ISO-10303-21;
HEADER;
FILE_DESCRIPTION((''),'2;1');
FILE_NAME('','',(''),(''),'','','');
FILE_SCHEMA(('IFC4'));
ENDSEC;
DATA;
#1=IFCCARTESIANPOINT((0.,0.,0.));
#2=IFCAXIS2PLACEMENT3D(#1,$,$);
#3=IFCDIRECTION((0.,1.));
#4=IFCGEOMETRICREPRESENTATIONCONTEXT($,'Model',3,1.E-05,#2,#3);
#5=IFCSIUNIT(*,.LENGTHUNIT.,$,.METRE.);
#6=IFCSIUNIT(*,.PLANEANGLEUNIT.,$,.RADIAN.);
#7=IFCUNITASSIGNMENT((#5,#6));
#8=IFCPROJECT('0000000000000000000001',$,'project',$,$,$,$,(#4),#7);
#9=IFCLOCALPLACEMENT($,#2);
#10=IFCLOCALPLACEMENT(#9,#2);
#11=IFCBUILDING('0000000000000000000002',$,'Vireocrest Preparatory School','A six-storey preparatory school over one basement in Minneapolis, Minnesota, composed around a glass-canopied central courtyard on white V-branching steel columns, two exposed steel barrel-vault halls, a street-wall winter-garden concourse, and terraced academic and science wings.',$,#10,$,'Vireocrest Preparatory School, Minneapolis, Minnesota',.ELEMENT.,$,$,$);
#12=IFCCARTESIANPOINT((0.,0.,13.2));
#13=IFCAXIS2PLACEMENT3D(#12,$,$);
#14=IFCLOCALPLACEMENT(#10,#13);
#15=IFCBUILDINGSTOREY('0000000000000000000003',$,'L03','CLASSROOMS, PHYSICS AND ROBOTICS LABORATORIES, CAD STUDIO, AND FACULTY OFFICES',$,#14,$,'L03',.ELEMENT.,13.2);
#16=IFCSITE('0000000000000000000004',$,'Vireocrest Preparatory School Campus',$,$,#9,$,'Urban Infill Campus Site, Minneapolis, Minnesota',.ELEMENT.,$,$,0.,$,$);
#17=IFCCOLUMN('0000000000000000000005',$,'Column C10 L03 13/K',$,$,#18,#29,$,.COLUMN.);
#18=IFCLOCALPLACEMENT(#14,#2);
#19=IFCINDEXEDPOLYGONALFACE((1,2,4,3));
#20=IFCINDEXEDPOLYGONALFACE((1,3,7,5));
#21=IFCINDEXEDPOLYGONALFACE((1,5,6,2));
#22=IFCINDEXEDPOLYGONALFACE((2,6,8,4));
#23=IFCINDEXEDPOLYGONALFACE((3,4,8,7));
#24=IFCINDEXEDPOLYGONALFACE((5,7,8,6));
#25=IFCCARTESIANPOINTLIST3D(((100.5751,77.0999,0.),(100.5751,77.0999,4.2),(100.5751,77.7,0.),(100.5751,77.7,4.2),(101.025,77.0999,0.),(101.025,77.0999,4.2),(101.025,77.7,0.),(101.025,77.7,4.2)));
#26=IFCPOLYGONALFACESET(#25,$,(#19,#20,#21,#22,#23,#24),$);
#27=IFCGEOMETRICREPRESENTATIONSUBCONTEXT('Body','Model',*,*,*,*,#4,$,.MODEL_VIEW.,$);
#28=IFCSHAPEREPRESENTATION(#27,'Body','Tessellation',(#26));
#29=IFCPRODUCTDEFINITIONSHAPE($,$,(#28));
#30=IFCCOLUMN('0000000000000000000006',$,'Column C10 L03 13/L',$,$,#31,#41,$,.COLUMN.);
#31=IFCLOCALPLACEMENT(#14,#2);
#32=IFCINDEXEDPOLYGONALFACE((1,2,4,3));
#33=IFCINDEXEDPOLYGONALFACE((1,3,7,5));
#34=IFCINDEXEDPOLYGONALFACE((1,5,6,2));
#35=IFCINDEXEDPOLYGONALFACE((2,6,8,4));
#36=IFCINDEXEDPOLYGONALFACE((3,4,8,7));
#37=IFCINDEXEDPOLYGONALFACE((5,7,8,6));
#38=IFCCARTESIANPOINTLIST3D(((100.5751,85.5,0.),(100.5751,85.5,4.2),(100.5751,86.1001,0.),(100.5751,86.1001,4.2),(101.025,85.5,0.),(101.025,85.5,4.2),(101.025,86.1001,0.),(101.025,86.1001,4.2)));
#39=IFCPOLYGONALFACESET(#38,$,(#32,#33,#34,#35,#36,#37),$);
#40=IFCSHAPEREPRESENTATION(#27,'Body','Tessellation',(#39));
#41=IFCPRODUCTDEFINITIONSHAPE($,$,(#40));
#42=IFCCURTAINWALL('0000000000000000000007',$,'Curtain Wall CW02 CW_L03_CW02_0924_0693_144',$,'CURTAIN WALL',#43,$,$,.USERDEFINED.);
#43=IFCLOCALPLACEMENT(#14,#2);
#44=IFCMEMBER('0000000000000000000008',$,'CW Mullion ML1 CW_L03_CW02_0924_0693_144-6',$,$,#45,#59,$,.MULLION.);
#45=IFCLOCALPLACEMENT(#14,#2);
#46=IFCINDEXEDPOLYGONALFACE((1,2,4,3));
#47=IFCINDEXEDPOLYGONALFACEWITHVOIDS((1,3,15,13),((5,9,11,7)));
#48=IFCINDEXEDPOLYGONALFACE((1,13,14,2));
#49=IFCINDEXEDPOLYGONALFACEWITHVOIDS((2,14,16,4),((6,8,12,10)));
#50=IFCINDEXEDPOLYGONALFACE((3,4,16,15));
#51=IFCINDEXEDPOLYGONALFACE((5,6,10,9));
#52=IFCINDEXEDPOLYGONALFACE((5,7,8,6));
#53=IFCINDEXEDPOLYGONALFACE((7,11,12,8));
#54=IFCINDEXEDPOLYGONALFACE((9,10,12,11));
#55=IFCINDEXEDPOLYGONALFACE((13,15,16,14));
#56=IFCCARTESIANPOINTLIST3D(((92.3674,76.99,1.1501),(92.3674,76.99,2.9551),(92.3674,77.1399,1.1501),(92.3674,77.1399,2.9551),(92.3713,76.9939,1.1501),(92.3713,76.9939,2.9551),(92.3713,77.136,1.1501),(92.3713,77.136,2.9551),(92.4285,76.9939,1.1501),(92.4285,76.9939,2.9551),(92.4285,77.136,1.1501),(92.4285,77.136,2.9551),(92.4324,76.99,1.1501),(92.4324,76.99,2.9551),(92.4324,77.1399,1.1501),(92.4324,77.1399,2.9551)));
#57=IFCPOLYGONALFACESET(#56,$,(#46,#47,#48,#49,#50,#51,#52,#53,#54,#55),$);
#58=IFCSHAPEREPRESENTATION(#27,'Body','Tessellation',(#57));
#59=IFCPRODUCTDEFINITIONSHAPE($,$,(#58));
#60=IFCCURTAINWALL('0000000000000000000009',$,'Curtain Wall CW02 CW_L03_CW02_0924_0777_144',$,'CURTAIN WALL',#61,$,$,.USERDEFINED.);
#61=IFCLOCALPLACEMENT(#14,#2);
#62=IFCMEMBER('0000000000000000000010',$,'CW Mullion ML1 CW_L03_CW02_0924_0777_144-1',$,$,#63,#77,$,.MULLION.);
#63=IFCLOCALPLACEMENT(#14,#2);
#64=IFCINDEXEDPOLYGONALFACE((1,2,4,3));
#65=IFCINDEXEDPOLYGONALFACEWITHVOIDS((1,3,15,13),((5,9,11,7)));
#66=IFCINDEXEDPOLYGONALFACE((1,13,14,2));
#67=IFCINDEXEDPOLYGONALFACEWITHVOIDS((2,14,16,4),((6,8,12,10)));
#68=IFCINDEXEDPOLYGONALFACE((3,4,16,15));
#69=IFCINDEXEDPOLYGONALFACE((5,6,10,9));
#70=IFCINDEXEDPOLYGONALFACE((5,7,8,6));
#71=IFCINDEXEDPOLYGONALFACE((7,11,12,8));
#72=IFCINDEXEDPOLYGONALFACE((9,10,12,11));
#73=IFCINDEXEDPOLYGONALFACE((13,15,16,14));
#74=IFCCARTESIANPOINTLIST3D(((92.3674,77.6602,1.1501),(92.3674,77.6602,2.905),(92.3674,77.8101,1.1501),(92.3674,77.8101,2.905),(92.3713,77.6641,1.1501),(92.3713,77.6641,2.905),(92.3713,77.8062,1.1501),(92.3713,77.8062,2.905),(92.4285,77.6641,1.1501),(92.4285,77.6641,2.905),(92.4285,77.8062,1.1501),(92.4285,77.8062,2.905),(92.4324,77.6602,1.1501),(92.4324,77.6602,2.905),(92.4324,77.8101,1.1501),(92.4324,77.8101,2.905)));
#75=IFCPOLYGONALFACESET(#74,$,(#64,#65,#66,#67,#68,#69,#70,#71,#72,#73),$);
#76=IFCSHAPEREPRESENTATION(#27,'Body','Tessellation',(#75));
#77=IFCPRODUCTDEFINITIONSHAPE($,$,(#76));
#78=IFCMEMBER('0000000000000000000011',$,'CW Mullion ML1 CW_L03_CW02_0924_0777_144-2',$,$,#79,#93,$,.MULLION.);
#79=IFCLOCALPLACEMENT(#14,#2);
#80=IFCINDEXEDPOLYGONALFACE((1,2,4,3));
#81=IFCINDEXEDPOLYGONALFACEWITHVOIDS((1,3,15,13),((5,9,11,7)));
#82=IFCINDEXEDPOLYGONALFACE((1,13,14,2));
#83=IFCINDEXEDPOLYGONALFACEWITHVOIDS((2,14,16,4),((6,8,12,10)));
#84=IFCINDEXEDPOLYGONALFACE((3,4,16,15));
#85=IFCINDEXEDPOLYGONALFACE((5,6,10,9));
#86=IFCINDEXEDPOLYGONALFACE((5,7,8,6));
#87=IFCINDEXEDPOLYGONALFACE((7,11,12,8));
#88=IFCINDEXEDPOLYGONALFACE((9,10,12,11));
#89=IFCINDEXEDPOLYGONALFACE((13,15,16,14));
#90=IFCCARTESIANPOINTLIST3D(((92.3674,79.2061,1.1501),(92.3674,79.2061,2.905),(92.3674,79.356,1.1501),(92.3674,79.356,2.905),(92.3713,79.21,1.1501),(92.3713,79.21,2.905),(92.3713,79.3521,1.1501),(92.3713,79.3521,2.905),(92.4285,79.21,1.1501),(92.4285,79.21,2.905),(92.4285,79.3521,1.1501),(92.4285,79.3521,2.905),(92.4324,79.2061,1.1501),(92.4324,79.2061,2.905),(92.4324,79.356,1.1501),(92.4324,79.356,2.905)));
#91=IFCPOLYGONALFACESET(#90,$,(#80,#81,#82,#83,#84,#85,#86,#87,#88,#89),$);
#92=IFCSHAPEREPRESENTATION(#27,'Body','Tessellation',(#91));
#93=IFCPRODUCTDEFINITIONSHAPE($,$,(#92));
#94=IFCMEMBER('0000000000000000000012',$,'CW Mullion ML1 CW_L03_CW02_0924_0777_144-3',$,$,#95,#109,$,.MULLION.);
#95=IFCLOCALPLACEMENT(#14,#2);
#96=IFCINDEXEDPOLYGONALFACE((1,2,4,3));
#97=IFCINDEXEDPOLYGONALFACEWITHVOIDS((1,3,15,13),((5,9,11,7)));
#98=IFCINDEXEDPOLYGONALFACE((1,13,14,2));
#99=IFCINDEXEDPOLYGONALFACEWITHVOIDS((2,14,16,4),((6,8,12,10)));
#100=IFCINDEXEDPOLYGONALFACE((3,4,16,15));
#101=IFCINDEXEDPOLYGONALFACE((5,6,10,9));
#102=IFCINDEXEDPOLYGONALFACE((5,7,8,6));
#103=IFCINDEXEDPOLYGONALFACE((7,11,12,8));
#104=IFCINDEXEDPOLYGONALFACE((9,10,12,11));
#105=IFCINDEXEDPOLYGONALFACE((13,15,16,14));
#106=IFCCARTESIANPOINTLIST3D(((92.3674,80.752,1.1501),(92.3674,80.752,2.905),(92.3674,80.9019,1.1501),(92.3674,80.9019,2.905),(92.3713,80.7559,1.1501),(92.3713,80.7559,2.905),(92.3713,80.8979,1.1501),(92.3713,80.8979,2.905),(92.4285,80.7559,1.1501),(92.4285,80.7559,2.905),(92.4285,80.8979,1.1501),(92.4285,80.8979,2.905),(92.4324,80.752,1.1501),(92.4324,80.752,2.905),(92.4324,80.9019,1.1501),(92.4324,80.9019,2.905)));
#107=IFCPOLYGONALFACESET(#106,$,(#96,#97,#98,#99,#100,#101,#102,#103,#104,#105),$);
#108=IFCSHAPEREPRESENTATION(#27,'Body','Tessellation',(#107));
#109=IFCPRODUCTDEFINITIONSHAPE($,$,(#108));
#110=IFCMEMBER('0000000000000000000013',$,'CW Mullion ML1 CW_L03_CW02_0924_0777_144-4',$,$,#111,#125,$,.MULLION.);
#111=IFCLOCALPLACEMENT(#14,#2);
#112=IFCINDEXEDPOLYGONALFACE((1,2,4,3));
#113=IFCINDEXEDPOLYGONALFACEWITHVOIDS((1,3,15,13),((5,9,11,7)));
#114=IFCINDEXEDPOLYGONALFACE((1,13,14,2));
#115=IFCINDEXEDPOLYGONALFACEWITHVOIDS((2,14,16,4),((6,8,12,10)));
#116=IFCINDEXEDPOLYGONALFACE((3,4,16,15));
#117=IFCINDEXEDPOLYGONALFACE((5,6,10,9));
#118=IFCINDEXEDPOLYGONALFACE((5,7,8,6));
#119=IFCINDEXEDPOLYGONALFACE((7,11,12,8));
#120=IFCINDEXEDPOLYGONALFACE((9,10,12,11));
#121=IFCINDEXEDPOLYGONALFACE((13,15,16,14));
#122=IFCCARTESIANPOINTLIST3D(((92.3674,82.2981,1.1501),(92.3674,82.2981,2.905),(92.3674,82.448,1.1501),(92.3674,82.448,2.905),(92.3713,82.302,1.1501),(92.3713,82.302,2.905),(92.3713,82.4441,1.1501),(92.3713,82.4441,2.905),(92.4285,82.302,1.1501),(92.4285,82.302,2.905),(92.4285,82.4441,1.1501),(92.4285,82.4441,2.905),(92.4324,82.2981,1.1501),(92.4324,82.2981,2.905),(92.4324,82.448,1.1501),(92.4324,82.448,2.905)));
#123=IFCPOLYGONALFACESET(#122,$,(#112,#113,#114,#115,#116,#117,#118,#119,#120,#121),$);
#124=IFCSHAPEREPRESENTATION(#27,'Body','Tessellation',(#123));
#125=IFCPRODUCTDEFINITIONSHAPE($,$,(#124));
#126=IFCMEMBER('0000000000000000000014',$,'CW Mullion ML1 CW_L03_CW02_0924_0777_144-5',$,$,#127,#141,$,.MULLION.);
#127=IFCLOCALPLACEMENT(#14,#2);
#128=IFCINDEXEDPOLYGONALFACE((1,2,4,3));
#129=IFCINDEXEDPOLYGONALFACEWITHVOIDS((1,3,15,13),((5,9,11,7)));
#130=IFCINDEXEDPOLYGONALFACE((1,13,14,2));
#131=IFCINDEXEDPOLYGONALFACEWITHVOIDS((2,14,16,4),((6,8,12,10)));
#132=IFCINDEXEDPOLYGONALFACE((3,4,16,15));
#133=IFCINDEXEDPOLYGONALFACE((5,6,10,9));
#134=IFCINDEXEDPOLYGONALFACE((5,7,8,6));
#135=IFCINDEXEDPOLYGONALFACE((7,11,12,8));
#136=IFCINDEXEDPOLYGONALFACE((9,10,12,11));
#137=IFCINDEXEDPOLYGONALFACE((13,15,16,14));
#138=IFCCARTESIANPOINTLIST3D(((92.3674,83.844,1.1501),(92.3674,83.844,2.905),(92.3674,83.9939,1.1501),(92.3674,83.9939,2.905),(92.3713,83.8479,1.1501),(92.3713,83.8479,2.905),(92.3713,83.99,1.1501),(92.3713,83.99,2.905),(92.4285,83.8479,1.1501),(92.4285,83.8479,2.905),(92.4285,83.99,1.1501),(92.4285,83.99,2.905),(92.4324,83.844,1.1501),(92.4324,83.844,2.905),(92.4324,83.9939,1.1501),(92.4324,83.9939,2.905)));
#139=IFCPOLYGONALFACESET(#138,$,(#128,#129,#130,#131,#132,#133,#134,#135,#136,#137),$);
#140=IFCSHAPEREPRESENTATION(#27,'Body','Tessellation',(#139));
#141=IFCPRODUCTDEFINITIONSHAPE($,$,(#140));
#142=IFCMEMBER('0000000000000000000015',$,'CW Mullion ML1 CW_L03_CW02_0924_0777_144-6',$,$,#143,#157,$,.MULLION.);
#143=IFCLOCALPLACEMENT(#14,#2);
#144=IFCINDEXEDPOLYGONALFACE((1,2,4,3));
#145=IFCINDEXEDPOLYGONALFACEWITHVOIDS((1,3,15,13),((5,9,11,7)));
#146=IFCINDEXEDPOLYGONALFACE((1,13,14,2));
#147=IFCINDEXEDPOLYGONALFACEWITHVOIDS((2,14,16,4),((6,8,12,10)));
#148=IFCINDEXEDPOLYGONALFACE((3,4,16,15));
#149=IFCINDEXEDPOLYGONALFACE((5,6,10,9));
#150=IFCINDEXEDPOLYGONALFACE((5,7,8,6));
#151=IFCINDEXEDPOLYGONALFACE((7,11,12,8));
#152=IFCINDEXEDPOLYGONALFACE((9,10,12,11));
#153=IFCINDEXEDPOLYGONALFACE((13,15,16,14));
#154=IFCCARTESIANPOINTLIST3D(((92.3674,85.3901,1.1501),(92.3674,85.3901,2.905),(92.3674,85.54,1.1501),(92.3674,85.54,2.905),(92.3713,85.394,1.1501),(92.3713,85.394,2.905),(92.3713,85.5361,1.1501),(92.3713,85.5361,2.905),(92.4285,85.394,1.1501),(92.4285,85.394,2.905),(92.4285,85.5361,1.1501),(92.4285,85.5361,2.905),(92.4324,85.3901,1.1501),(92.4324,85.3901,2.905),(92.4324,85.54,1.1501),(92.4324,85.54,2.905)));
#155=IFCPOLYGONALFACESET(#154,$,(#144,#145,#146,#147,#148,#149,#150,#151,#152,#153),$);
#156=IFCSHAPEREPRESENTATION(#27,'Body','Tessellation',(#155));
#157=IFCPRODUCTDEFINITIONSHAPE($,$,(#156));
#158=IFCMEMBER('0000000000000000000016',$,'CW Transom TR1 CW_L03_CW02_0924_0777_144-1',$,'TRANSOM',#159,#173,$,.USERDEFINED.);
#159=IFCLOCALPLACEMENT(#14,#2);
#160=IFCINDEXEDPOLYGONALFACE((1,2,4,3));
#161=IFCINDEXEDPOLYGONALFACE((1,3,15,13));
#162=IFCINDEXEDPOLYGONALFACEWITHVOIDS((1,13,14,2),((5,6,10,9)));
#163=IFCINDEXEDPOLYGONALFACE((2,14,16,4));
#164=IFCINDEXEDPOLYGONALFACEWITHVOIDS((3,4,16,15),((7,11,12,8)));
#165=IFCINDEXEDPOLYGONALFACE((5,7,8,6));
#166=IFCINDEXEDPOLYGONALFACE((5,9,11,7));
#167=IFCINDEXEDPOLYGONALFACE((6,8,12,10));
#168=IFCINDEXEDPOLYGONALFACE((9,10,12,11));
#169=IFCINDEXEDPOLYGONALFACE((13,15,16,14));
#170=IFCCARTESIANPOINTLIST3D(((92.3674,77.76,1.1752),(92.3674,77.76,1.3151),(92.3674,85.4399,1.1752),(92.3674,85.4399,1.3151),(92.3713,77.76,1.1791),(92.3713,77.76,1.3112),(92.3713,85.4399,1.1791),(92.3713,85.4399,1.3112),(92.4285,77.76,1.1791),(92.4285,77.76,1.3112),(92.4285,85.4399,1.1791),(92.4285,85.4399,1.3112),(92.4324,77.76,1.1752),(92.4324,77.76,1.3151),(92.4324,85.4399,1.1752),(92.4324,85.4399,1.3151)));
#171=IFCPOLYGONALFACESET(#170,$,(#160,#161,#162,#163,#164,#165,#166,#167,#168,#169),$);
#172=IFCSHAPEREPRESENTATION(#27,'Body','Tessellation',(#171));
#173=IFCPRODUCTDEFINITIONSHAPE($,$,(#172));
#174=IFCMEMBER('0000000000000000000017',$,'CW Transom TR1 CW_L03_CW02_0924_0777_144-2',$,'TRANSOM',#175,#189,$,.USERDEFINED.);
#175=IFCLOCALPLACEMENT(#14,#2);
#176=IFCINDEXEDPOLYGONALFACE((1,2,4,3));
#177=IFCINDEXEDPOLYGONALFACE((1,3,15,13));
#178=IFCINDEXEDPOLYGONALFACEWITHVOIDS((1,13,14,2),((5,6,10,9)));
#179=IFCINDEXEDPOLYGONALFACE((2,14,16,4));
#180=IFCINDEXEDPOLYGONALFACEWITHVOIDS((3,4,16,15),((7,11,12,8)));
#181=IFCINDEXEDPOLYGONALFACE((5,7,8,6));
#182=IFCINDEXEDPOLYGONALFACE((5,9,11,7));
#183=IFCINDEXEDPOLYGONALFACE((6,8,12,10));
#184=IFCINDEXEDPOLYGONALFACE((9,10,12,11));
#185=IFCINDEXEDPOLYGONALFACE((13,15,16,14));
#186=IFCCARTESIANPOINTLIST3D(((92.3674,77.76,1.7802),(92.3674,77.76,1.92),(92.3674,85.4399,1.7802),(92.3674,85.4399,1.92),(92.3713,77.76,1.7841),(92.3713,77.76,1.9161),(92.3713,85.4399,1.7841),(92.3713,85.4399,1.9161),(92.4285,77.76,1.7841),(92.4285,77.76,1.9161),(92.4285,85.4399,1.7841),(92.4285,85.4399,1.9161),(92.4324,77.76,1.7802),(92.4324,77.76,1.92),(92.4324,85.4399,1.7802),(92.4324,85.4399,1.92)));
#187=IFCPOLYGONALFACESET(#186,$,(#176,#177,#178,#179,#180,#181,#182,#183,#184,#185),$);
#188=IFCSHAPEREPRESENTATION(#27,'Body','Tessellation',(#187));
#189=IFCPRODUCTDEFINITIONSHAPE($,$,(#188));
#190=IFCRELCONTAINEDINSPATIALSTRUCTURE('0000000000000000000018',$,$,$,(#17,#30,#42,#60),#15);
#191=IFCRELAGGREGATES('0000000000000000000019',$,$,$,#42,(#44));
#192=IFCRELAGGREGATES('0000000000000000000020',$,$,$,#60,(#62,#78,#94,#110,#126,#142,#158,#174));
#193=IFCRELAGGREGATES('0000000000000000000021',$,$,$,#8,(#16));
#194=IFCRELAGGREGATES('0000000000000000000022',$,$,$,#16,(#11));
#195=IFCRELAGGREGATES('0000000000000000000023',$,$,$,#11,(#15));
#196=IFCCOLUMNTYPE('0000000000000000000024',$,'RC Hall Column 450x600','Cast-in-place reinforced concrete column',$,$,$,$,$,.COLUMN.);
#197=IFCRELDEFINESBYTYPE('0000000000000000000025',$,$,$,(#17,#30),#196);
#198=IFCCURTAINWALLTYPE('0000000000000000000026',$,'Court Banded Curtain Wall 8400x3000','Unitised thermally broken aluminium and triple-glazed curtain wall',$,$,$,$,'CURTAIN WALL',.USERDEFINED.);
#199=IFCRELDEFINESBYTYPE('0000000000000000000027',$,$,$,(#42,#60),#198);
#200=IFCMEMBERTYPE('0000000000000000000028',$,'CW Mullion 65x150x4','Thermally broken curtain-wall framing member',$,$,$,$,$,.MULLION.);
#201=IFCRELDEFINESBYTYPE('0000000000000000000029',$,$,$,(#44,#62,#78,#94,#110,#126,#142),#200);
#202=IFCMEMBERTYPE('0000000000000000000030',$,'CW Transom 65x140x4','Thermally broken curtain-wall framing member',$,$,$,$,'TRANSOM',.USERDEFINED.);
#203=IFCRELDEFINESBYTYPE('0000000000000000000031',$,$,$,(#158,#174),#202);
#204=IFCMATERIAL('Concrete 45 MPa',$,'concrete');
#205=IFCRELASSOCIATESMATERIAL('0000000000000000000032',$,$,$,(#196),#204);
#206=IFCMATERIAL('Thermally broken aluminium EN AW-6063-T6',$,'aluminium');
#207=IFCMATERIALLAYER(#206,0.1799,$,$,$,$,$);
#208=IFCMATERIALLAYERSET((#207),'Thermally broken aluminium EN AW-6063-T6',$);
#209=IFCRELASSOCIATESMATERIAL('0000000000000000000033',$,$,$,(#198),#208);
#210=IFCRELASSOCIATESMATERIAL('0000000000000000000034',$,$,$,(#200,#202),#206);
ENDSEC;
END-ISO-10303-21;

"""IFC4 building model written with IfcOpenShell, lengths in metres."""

from ifc_helpers import new_model, si_unit, direction, frame, origin, origin_2d, place, context, subcontext, project, spatial, rectangle, hollow_rectangle, extrude, material, layer, layer_set, material_profile, profile_set, type_object, element, aggregate, save


model = new_model("IFC4")

# Units and contexts
model_context = context("Model", 3, precision=1e-05, world=origin(), true_north=direction((0.0, 1.0)))
body_context = subcontext(model_context, "Body", "Model", "MODEL_VIEW")
ifc_project = project(units=[si_unit("LENGTHUNIT", "METRE"), si_unit("PLANEANGLEUNIT", "RADIAN")], contexts=[model_context])

# Site, building, storey
site_placement = place(None, origin())
site = spatial("IfcSite", under=ifc_project, at=site_placement, Name="Vireocrest Preparatory School Campus", LongName="Urban Infill Campus Site, Minneapolis, Minnesota", CompositionType="ELEMENT", RefElevation=0.0)
building_placement = place(site_placement, origin())
building = spatial("IfcBuilding", under=site, at=building_placement, Name="Vireocrest Preparatory School", Description="A six-storey preparatory school over one basement in Minneapolis, Minnesota, composed around a glass-canopied central courtyard on white V-branching steel columns, two exposed steel barrel-vault halls, a street-wall winter-garden concourse, and terraced academic and science wings.", LongName="Vireocrest Preparatory School, Minneapolis, Minnesota", CompositionType="ELEMENT")
storey_placement = place(building_placement, frame((0.0, 0.0, 13.2)))
storey = spatial("IfcBuildingStorey", under=building, at=storey_placement, Name="L03", Description="CLASSROOMS, PHYSICS AND ROBOTICS LABORATORIES, CAD STUDIO, AND FACULTY OFFICES", LongName="L03", CompositionType="ELEMENT", Elevation=13.2)

# Columns
ifc_material_1 = material(Name="Concrete 45 MPa", Category="concrete")
ifc_material_profile_1 = material_profile(ifc_material_1, rectangle(XDim=0.45, YDim=0.6001, at=origin_2d()), Name="RC 450x600")
ifc_profile_set_1 = profile_set([ifc_material_profile_1], Name="Concrete 45 MPa")
column_type = type_object("IfcColumnType", Name="RC Hall Column 450x600", Description="Cast-in-place reinforced concrete column", PredefinedType="COLUMN", material=ifc_profile_set_1)
for number, where, z_axis, x_axis, name in (
    (1, (100.8, 77.3999, 0.0), (0.0, 0.0, 1.0), (1.0, 0.0, 0.0), "Column C10 L03 13/K"),
    (2, (100.8, 85.8, 0.0), (0.0, 0.0, 1.0), (1.0, 0.0, 0.0), "Column C10 L03 13/L"),
):
    element("IfcColumn", number, at=place(storey_placement, frame(where, z_axis=z_axis, x_axis=x_axis)), inside=storey, type_object=column_type, Name=name, PredefinedType="COLUMN", context=body_context, shape_type="SweptSolid", body=[
        extrude(rectangle(XDim=0.45, YDim=0.6001, at=origin_2d()), origin(), (0.0, 0.0, 1.0), 4.2),
    ])

# Curtain wall, member
ifc_material_2 = material(Name="Thermally broken aluminium EN AW-6063-T6", Category="aluminium")
ifc_layer_1 = layer(ifc_material_2, 0.1799)
ifc_layer_set_1 = layer_set([ifc_layer_1], Name="Thermally broken aluminium EN AW-6063-T6")
curtain_wall_type = type_object("IfcCurtainWallType", Name="Court Banded Curtain Wall 8400x3000", Description="Unitised thermally broken aluminium and triple-glazed curtain wall", ElementType="CURTAIN WALL", PredefinedType="USERDEFINED", material=ifc_layer_set_1)
curtain_wall_1_placement = place(storey_placement, origin())
curtain_wall_1 = element("IfcCurtainWall", 3, at=curtain_wall_1_placement, inside=storey, type_object=curtain_wall_type, Name="Curtain Wall CW02 CW_L03_CW02_0924_0693_144", ObjectType="CURTAIN WALL", PredefinedType="USERDEFINED")
ifc_material_profile_2 = material_profile(ifc_material_2, hollow_rectangle(XDim=0.0649, YDim=0.1499, WallThickness=0.0039, at=origin_2d()), Name="ALU 65x150x4")
ifc_profile_set_2 = profile_set([ifc_material_profile_2], Name="Thermally broken aluminium EN AW-6063-T6")
member_type_1 = type_object("IfcMemberType", Name="CW Mullion 65x150x4", Description="Thermally broken curtain-wall framing member", PredefinedType="MULLION", material=ifc_profile_set_2)
member_1_placement = place(storey_placement, frame((92.3999, 77.0649, 1.1501), z_axis=(0.0, 0.0, 1.0), x_axis=(1.0, 0.0, 0.0)))
member_1 = element("IfcMember", 4, at=member_1_placement, type_object=member_type_1, Name="CW Mullion ML1 CW_L03_CW02_0924_0693_144-6", PredefinedType="MULLION", context=body_context, shape_type="SweptSolid", body=[
    extrude(hollow_rectangle(XDim=0.0649, YDim=0.1499, WallThickness=0.0039, at=origin_2d()), origin(), (0.0, 0.0, 1.0), 1.8049),
])
aggregate(curtain_wall_1, [member_1])

# Curtain wall, members
curtain_wall_2_placement = place(storey_placement, origin())
curtain_wall_2 = element("IfcCurtainWall", 5, at=curtain_wall_2_placement, inside=storey, type_object=curtain_wall_type, Name="Curtain Wall CW02 CW_L03_CW02_0924_0777_144", ObjectType="CURTAIN WALL", PredefinedType="USERDEFINED")
member_2_placement = place(storey_placement, frame((92.3999, 77.7351, 1.1501), z_axis=(0.0, 0.0, 1.0), x_axis=(1.0, 0.0, 0.0)))
member_2 = element("IfcMember", 6, at=member_2_placement, type_object=member_type_1, Name="CW Mullion ML1 CW_L03_CW02_0924_0777_144-1", PredefinedType="MULLION", context=body_context, shape_type="SweptSolid", body=[
    extrude(hollow_rectangle(XDim=0.0649, YDim=0.1499, WallThickness=0.0039, at=origin_2d()), origin(), (0.0, 0.0, 1.0), 1.7549),
])
member_3_placement = place(storey_placement, frame((92.3999, 79.281, 1.1501), z_axis=(0.0, 0.0, 1.0), x_axis=(1.0, 0.0, 0.0)))
member_3 = element("IfcMember", 7, at=member_3_placement, type_object=member_type_1, Name="CW Mullion ML1 CW_L03_CW02_0924_0777_144-2", PredefinedType="MULLION", context=body_context, shape_type="SweptSolid", body=[
    extrude(hollow_rectangle(XDim=0.0649, YDim=0.1499, WallThickness=0.0039, at=origin_2d()), origin(), (0.0, 0.0, 1.0), 1.7549),
])
member_4_placement = place(storey_placement, frame((92.3999, 80.8269, 1.1501), z_axis=(0.0, 0.0, 1.0), x_axis=(1.0, 0.0, 0.0)))
member_4 = element("IfcMember", 8, at=member_4_placement, type_object=member_type_1, Name="CW Mullion ML1 CW_L03_CW02_0924_0777_144-3", PredefinedType="MULLION", context=body_context, shape_type="SweptSolid", body=[
    extrude(hollow_rectangle(XDim=0.0649, YDim=0.1499, WallThickness=0.0039, at=origin_2d()), origin(), (0.0, 0.0, 1.0), 1.7549),
])
member_5_placement = place(storey_placement, frame((92.3999, 82.373, 1.1501), z_axis=(0.0, 0.0, 1.0), x_axis=(1.0, 0.0, 0.0)))
member_5 = element("IfcMember", 9, at=member_5_placement, type_object=member_type_1, Name="CW Mullion ML1 CW_L03_CW02_0924_0777_144-4", PredefinedType="MULLION", context=body_context, shape_type="SweptSolid", body=[
    extrude(hollow_rectangle(XDim=0.0649, YDim=0.1499, WallThickness=0.0039, at=origin_2d()), origin(), (0.0, 0.0, 1.0), 1.7549),
])
member_6_placement = place(storey_placement, frame((92.3999, 83.9189, 1.1501), z_axis=(0.0, 0.0, 1.0), x_axis=(1.0, 0.0, 0.0)))
member_6 = element("IfcMember", 10, at=member_6_placement, type_object=member_type_1, Name="CW Mullion ML1 CW_L03_CW02_0924_0777_144-5", PredefinedType="MULLION", context=body_context, shape_type="SweptSolid", body=[
    extrude(hollow_rectangle(XDim=0.0649, YDim=0.1499, WallThickness=0.0039, at=origin_2d()), origin(), (0.0, 0.0, 1.0), 1.7549),
])
member_7_placement = place(storey_placement, frame((92.3999, 85.4651, 1.1501), z_axis=(0.0, 0.0, 1.0), x_axis=(1.0, 0.0, 0.0)))
member_7 = element("IfcMember", 11, at=member_7_placement, type_object=member_type_1, Name="CW Mullion ML1 CW_L03_CW02_0924_0777_144-6", PredefinedType="MULLION", context=body_context, shape_type="SweptSolid", body=[
    extrude(hollow_rectangle(XDim=0.0649, YDim=0.1499, WallThickness=0.0039, at=origin_2d()), origin(), (0.0, 0.0, 1.0), 1.7549),
])
ifc_material_profile_3 = material_profile(ifc_material_2, hollow_rectangle(XDim=0.0649, YDim=0.1399, WallThickness=0.0039, at=origin_2d()), Name="ALU 65x140x4")
ifc_profile_set_3 = profile_set([ifc_material_profile_3], Name="Thermally broken aluminium EN AW-6063-T6")
member_type_2 = type_object("IfcMemberType", Name="CW Transom 65x140x4", Description="Thermally broken curtain-wall framing member", ElementType="TRANSOM", PredefinedType="USERDEFINED", material=ifc_profile_set_3)
member_8_placement = place(storey_placement, frame((92.3999, 77.76, 1.2451), z_axis=(0.0, 1.0, 0.0), x_axis=(-1.0, 0.0, 0.0)))
member_8 = element("IfcMember", 12, at=member_8_placement, type_object=member_type_2, Name="CW Transom TR1 CW_L03_CW02_0924_0777_144-1", ObjectType="TRANSOM", PredefinedType="USERDEFINED", context=body_context, shape_type="SweptSolid", body=[
    extrude(hollow_rectangle(XDim=0.0649, YDim=0.1399, WallThickness=0.0039, at=origin_2d()), origin(), (0.0, 0.0, 1.0), 7.6799),
])
member_9_placement = place(storey_placement, frame((92.3999, 77.76, 1.8501), z_axis=(0.0, 1.0, 0.0), x_axis=(-1.0, 0.0, 0.0)))
member_9 = element("IfcMember", 13, at=member_9_placement, type_object=member_type_2, Name="CW Transom TR1 CW_L03_CW02_0924_0777_144-2", ObjectType="TRANSOM", PredefinedType="USERDEFINED", context=body_context, shape_type="SweptSolid", body=[
    extrude(hollow_rectangle(XDim=0.0649, YDim=0.1399, WallThickness=0.0039, at=origin_2d()), origin(), (0.0, 0.0, 1.0), 7.6799),
])

aggregate(curtain_wall_2, [member_2, member_3, member_4, member_5, member_6, member_7, member_8, member_9])

save(model, "model.ifc")
